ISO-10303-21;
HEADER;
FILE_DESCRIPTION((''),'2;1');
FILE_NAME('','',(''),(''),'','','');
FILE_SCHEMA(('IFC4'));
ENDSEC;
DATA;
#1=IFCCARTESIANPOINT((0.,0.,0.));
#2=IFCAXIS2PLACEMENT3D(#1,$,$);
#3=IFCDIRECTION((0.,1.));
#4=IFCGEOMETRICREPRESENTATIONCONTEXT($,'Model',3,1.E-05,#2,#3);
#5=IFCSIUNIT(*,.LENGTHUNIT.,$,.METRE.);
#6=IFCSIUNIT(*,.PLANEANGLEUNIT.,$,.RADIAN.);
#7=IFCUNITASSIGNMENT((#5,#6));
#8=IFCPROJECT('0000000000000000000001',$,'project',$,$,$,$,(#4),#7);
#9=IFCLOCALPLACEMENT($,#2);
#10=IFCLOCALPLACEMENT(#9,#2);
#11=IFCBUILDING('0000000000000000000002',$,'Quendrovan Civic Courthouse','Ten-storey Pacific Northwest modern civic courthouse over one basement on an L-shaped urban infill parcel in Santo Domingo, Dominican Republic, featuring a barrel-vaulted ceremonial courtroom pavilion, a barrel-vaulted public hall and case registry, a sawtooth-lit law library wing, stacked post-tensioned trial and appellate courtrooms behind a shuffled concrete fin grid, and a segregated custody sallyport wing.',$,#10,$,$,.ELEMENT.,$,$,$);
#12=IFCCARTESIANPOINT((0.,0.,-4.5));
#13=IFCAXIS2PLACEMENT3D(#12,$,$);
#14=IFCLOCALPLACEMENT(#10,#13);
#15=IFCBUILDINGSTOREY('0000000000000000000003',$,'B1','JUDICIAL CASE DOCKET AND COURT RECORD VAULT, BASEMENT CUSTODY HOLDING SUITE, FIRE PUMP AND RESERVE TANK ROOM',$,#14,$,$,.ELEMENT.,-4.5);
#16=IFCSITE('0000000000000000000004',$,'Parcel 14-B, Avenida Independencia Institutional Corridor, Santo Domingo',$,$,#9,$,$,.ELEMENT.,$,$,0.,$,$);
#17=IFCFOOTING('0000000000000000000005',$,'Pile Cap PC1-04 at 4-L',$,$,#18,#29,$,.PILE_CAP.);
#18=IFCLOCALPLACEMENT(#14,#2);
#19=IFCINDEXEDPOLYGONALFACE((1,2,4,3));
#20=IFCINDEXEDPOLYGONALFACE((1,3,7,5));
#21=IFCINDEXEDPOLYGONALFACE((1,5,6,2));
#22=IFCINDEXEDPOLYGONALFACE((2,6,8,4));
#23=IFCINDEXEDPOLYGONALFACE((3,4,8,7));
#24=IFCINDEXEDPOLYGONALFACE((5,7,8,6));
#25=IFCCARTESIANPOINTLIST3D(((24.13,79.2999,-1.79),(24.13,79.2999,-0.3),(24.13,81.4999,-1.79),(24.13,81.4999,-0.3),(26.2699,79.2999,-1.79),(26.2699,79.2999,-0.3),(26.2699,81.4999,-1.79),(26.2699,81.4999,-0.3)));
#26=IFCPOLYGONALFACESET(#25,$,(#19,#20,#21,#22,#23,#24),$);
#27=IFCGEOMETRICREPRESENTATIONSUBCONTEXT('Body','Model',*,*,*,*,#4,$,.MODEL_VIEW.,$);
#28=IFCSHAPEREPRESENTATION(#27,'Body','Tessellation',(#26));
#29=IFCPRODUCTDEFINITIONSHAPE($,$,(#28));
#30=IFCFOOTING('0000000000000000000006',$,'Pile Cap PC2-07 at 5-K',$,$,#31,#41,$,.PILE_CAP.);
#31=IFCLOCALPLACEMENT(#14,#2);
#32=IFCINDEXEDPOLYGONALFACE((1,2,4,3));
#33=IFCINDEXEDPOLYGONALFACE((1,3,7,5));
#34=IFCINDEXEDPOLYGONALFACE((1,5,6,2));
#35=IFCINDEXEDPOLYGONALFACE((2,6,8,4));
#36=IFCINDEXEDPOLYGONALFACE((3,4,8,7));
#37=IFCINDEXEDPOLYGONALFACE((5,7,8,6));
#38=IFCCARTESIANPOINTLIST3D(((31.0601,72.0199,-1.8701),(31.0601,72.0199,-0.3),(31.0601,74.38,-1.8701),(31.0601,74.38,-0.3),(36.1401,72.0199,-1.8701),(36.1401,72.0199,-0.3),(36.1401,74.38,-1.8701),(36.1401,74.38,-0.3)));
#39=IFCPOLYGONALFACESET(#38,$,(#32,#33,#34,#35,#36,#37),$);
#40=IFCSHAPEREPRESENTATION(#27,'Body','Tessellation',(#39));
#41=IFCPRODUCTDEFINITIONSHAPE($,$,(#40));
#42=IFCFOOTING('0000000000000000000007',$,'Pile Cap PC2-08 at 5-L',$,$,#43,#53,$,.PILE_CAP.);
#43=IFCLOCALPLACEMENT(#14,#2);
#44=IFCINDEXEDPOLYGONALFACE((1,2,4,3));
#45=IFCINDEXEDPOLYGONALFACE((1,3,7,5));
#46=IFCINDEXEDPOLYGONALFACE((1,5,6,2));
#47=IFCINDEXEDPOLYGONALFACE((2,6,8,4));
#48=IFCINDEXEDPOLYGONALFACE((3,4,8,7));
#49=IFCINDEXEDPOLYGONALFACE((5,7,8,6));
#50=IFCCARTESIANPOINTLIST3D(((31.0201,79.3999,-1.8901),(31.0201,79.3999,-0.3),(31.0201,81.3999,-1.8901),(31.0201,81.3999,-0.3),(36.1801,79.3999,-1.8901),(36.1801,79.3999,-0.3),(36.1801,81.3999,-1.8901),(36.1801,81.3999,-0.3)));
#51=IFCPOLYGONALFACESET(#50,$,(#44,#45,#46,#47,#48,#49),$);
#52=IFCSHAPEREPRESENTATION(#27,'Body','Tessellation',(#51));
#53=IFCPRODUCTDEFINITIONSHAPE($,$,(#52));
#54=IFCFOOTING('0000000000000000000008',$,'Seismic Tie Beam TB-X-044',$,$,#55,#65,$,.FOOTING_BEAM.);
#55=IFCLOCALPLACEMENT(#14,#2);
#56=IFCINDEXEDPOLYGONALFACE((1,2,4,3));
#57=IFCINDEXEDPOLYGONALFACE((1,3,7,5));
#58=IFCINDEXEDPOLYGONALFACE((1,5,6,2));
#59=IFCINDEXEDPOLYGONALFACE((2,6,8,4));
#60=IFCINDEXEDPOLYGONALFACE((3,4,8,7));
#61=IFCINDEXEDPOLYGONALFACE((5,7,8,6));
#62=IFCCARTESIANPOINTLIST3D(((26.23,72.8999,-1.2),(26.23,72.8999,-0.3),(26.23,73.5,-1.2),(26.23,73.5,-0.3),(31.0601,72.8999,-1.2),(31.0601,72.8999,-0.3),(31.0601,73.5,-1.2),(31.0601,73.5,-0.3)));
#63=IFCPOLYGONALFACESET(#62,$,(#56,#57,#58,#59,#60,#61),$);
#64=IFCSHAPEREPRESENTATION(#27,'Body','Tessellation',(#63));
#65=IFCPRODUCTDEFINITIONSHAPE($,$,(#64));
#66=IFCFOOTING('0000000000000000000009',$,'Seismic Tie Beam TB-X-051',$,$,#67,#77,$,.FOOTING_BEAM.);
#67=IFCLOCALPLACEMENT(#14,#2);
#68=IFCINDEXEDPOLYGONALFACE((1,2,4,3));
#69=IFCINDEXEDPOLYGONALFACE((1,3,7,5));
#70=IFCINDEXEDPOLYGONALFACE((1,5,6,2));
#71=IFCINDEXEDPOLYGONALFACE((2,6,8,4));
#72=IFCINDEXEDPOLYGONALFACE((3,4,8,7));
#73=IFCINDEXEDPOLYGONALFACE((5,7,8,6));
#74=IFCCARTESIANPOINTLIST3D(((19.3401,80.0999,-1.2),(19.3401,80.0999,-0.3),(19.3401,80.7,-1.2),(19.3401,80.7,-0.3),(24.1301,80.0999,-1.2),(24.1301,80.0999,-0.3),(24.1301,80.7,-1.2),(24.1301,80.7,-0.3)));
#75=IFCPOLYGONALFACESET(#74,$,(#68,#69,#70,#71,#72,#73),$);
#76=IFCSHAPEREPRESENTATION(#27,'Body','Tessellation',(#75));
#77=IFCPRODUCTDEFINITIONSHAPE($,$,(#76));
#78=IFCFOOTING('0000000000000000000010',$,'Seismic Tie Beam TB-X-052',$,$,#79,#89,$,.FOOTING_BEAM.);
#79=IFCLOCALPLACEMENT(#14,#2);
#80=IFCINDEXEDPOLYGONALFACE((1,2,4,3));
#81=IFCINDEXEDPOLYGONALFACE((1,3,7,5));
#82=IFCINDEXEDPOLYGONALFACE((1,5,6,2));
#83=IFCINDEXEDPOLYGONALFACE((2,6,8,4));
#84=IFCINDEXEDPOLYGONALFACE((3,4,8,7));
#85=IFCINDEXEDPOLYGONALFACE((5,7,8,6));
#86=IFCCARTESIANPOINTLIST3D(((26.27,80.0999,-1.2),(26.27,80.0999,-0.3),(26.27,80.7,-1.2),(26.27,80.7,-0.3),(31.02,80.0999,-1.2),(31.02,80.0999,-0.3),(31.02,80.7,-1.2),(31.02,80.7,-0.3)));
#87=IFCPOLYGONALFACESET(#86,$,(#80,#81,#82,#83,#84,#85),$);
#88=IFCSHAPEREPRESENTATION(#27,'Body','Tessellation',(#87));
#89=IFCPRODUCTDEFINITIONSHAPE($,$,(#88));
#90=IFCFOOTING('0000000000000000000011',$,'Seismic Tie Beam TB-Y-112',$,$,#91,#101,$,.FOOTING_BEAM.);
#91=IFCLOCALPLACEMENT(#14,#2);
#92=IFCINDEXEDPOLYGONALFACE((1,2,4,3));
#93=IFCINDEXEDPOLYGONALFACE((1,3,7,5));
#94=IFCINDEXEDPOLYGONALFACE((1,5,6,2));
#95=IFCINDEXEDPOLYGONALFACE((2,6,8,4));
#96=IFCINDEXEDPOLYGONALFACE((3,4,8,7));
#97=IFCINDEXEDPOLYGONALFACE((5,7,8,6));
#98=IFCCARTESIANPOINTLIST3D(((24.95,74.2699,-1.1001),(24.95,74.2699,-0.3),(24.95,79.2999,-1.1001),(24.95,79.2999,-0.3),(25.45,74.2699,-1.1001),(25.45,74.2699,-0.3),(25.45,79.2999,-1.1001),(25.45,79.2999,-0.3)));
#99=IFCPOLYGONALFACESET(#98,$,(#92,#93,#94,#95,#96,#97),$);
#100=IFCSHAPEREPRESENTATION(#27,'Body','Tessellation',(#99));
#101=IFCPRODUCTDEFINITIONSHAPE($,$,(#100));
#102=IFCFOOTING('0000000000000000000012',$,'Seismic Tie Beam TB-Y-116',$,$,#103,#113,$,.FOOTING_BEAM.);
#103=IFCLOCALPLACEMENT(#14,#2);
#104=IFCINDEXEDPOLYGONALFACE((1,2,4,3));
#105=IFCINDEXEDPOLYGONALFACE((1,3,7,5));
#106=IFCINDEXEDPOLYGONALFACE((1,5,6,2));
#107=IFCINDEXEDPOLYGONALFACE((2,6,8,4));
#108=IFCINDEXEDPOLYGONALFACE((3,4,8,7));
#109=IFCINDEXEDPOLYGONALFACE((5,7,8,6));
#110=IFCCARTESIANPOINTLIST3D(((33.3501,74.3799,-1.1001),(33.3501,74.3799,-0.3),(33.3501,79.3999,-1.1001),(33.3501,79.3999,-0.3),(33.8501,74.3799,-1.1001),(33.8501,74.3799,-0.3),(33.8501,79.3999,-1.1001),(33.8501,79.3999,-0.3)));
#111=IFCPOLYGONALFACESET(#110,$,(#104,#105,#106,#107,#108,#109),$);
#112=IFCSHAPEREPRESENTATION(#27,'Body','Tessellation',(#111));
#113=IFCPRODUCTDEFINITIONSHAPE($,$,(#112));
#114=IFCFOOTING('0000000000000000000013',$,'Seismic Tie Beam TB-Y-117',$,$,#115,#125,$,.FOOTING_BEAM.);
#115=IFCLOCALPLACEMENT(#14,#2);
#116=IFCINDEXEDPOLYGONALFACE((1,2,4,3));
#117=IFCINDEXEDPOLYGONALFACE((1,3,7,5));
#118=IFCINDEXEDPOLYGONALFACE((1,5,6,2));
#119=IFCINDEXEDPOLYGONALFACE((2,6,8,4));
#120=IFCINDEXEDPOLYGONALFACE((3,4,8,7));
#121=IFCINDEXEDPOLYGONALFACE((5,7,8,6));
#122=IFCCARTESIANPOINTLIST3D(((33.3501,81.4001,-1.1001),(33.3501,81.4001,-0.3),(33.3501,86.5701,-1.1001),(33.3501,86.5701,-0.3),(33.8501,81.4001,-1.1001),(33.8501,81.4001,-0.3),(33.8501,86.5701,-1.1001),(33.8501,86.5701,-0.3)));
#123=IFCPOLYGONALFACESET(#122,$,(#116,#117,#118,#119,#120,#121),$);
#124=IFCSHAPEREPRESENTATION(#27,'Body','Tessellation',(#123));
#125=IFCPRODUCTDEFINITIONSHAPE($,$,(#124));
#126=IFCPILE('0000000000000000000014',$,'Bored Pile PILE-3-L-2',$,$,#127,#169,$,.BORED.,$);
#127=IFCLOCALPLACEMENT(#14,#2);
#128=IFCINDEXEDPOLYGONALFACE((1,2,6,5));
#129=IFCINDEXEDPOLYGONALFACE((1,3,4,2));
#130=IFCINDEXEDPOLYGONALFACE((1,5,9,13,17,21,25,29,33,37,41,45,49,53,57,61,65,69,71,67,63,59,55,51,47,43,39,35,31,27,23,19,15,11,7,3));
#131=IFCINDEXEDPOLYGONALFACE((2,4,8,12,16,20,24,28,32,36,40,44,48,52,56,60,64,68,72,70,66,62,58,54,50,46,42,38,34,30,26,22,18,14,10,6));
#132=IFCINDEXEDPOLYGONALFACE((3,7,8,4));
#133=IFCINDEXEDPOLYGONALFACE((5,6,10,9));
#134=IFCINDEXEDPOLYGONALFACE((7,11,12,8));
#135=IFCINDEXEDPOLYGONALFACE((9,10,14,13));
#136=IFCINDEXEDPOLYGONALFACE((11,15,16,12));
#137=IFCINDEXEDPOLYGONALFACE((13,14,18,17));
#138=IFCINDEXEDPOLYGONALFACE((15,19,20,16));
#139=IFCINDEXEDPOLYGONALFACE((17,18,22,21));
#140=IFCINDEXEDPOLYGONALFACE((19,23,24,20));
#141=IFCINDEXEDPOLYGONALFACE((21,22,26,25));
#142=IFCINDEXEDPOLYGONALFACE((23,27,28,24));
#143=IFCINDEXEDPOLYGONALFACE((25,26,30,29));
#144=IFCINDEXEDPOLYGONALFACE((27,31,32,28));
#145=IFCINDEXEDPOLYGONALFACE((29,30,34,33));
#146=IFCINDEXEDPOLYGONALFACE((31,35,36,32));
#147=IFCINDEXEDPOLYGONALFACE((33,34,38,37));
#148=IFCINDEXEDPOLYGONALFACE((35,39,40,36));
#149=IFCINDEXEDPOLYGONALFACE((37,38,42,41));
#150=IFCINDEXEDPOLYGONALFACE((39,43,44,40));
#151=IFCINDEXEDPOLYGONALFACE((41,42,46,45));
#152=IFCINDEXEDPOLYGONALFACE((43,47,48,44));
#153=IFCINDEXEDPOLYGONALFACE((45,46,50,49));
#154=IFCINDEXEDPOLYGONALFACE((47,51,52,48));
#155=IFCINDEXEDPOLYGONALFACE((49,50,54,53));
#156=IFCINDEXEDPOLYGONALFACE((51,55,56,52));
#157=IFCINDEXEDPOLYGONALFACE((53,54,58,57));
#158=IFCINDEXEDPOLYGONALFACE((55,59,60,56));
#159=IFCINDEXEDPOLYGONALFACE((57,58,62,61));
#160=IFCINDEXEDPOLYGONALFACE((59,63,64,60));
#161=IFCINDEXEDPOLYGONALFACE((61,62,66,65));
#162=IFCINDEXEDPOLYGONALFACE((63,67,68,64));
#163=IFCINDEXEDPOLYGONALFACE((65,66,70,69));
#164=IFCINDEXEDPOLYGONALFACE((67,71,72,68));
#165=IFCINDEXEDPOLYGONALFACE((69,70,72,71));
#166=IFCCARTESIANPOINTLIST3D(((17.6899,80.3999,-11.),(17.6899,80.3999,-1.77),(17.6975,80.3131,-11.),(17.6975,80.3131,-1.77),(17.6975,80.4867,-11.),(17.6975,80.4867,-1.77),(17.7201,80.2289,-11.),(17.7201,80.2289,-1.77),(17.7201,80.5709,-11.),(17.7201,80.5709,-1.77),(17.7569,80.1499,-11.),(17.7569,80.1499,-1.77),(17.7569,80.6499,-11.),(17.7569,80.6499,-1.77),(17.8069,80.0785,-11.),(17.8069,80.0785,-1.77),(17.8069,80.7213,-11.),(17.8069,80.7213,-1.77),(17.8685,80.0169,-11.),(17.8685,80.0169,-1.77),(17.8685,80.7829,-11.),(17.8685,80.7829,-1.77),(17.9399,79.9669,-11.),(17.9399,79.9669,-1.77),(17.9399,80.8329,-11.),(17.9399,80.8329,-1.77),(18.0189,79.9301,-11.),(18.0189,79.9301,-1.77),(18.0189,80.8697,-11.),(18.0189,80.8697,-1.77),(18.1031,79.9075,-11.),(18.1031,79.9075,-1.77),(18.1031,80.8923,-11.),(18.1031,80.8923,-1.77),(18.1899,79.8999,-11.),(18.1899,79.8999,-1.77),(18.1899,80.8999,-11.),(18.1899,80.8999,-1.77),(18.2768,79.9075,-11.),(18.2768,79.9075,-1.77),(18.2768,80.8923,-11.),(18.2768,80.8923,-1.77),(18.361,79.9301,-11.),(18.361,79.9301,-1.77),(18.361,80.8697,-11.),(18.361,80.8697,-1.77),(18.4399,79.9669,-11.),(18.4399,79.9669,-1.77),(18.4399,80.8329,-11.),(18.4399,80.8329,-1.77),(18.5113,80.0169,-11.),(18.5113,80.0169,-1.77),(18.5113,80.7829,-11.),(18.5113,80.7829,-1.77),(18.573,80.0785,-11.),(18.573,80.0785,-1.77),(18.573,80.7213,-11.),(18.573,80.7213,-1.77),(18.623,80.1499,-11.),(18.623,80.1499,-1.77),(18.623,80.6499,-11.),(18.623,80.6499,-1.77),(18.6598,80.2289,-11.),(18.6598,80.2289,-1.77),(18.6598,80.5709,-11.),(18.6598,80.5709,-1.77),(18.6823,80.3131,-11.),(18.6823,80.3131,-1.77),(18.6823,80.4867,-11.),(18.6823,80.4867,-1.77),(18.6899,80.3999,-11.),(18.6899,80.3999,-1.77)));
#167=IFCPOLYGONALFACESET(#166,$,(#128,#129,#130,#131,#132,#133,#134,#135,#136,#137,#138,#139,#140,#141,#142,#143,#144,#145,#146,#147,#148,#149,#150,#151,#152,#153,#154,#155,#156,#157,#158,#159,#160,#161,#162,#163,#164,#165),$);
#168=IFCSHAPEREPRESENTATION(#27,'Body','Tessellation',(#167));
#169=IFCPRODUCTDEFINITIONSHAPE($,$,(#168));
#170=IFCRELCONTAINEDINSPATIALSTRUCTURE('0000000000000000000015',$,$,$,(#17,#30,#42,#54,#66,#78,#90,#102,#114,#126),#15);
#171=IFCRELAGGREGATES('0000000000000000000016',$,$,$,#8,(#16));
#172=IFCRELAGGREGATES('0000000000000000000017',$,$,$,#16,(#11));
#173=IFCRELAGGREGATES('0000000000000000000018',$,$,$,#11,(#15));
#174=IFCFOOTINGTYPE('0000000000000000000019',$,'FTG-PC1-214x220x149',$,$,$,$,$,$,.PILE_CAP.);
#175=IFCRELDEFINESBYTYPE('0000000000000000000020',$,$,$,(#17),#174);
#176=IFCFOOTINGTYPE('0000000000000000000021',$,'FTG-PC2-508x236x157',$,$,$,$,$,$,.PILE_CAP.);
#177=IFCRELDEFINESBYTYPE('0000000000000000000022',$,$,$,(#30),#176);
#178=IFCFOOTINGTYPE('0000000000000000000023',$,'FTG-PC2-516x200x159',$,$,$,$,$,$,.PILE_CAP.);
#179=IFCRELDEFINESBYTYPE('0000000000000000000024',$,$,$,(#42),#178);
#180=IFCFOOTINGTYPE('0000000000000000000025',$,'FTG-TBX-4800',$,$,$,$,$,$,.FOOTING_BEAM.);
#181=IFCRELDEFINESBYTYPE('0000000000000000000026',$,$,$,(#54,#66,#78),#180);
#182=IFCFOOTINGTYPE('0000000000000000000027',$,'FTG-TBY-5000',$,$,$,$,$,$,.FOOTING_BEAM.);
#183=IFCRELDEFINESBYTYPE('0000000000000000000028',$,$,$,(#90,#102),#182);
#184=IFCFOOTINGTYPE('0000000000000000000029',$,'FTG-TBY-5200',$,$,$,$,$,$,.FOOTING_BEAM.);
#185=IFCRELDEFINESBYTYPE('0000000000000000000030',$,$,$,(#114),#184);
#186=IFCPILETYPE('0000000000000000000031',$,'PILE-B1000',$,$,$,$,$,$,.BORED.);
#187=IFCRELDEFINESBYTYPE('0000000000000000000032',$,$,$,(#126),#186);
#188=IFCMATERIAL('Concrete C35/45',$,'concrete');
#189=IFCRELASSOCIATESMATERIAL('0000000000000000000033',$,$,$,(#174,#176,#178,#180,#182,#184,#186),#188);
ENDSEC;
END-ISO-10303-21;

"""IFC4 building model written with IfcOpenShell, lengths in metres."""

from ifc_helpers import new_model, si_unit, direction, frame, origin, origin_2d, place, context, subcontext, project, spatial, rectangle, circle, extrude, material, material_profile, profile_set, type_object, element, save


model = new_model("IFC4")

# Units and contexts
model_context = context("Model", 3, precision=1e-05, world=origin(), true_north=direction((0.0, 1.0)))
body_context = subcontext(model_context, "Body", "Model", "MODEL_VIEW")
ifc_project = project(units=[si_unit("LENGTHUNIT", "METRE"), si_unit("PLANEANGLEUNIT", "RADIAN")], contexts=[model_context])

# Site, building, storey
site_placement = place(None, origin())
site = spatial("IfcSite", under=ifc_project, at=site_placement, Name="Parcel 14-B, Avenida Independencia Institutional Corridor, Santo Domingo", CompositionType="ELEMENT", RefElevation=0.0)
building_placement = place(site_placement, origin())
building = spatial("IfcBuilding", under=site, at=building_placement, Name="Quendrovan Civic Courthouse", Description="Ten-storey Pacific Northwest modern civic courthouse over one basement on an L-shaped urban infill parcel in Santo Domingo, Dominican Republic, featuring a barrel-vaulted ceremonial courtroom pavilion, a barrel-vaulted public hall and case registry, a sawtooth-lit law library wing, stacked post-tensioned trial and appellate courtrooms behind a shuffled concrete fin grid, and a segregated custody sallyport wing.", CompositionType="ELEMENT")
storey_placement = place(building_placement, frame((0.0, 0.0, -4.5)))
storey = spatial("IfcBuildingStorey", under=building, at=storey_placement, Name="B1", Description="JUDICIAL CASE DOCKET AND COURT RECORD VAULT, BASEMENT CUSTODY HOLDING SUITE, FIRE PUMP AND RESERVE TANK ROOM", CompositionType="ELEMENT", Elevation=-4.5)

# Footings
ifc_material_1 = material(Name="Concrete C35/45", Category="concrete")
footing_type_1 = type_object("IfcFootingType", Name="FTG-PC1-214x220x149", PredefinedType="PILE_CAP", material=ifc_material_1)
footing_1_placement = place(storey_placement, frame((25.2, 80.3999, -1.79), z_axis=(0.0, 0.0, 1.0), x_axis=(1.0, 0.0, 0.0)))
element("IfcFooting", 1, at=footing_1_placement, inside=storey, type_object=footing_type_1, Name="Pile Cap PC1-04 at 4-L", PredefinedType="PILE_CAP", context=body_context, shape_type="SweptSolid", body=[
    extrude(rectangle(XDim=2.1399, YDim=2.2, at=origin_2d()), origin(), (0.0, 0.0, 1.0), 1.49),
])
footing_type_2 = type_object("IfcFootingType", Name="FTG-PC2-508x236x157", PredefinedType="PILE_CAP", material=ifc_material_1)
footing_2_placement = place(storey_placement, frame((33.6001, 73.2, -1.8701), z_axis=(0.0, 0.0, 1.0), x_axis=(1.0, 0.0, 0.0)))
element("IfcFooting", 2, at=footing_2_placement, inside=storey, type_object=footing_type_2, Name="Pile Cap PC2-07 at 5-K", PredefinedType="PILE_CAP", context=body_context, shape_type="SweptSolid", body=[
    extrude(rectangle(XDim=5.0801, YDim=2.3601, at=origin_2d()), origin(), (0.0, 0.0, 1.0), 1.5701),
])
footing_type_3 = type_object("IfcFootingType", Name="FTG-PC2-516x200x159", PredefinedType="PILE_CAP", material=ifc_material_1)
footing_3_placement = place(storey_placement, frame((33.6001, 80.3999, -1.8901), z_axis=(0.0, 0.0, 1.0), x_axis=(1.0, 0.0, 0.0)))
element("IfcFooting", 3, at=footing_3_placement, inside=storey, type_object=footing_type_3, Name="Pile Cap PC2-08 at 5-L", PredefinedType="PILE_CAP", context=body_context, shape_type="SweptSolid", body=[
    extrude(rectangle(XDim=5.1599, YDim=2.0, at=origin_2d()), origin(), (0.0, 0.0, 1.0), 1.5901),
])
footing_type_4 = type_object("IfcFootingType", Name="FTG-TBX-4800", PredefinedType="FOOTING_BEAM", material=ifc_material_1)
footing_4_placement = place(storey_placement, frame((28.645, 73.2, -1.2), z_axis=(0.0, 0.0, 1.0), x_axis=(1.0, 0.0, 0.0)))
element("IfcFooting", 4, at=footing_4_placement, inside=storey, type_object=footing_type_4, Name="Seismic Tie Beam TB-X-044", PredefinedType="FOOTING_BEAM", context=body_context, shape_type="SweptSolid", body=[
    extrude(rectangle(XDim=4.8301, YDim=0.6001, at=origin_2d()), origin(), (0.0, 0.0, 1.0), 0.8999),
])
footing_5_placement = place(storey_placement, frame((21.7351, 80.3999, -1.2), z_axis=(0.0, 0.0, 1.0), x_axis=(1.0, 0.0, 0.0)))
element("IfcFooting", 5, at=footing_5_placement, inside=storey, type_object=footing_type_4, Name="Seismic Tie Beam TB-X-051", PredefinedType="FOOTING_BEAM", context=body_context, shape_type="SweptSolid", body=[
    extrude(rectangle(XDim=4.79, YDim=0.6001, at=origin_2d()), origin(), (0.0, 0.0, 1.0), 0.8999),
])
footing_6_placement = place(storey_placement, frame((28.645, 80.3999, -1.2), z_axis=(0.0, 0.0, 1.0), x_axis=(1.0, 0.0, 0.0)))
element("IfcFooting", 6, at=footing_6_placement, inside=storey, type_object=footing_type_4, Name="Seismic Tie Beam TB-X-052", PredefinedType="FOOTING_BEAM", context=body_context, shape_type="SweptSolid", body=[
    extrude(rectangle(XDim=4.75, YDim=0.6001, at=origin_2d()), origin(), (0.0, 0.0, 1.0), 0.8999),
])
footing_type_5 = type_object("IfcFootingType", Name="FTG-TBY-5000", PredefinedType="FOOTING_BEAM", material=ifc_material_1)
footing_7_placement = place(storey_placement, frame((25.2, 76.7849, -1.1001), z_axis=(0.0, 0.0, 1.0), x_axis=(1.0, 0.0, 0.0)))
element("IfcFooting", 7, at=footing_7_placement, inside=storey, type_object=footing_type_5, Name="Seismic Tie Beam TB-Y-112", PredefinedType="FOOTING_BEAM", context=body_context, shape_type="SweptSolid", body=[
    extrude(rectangle(XDim=0.5, YDim=5.03, at=origin_2d()), origin(), (0.0, 0.0, 1.0), 0.8),
])
footing_8_placement = place(storey_placement, frame((33.6001, 76.8899, -1.1001), z_axis=(0.0, 0.0, 1.0), x_axis=(1.0, 0.0, 0.0)))
element("IfcFooting", 8, at=footing_8_placement, inside=storey, type_object=footing_type_5, Name="Seismic Tie Beam TB-Y-116", PredefinedType="FOOTING_BEAM", context=body_context, shape_type="SweptSolid", body=[
    extrude(rectangle(XDim=0.5, YDim=5.02, at=origin_2d()), origin(), (0.0, 0.0, 1.0), 0.8),
])
footing_type_6 = type_object("IfcFootingType", Name="FTG-TBY-5200", PredefinedType="FOOTING_BEAM", material=ifc_material_1)
footing_9_placement = place(storey_placement, frame((33.6001, 83.9851, -1.1001), z_axis=(0.0, 0.0, 1.0), x_axis=(1.0, 0.0, 0.0)))
element("IfcFooting", 9, at=footing_9_placement, inside=storey, type_object=footing_type_6, Name="Seismic Tie Beam TB-Y-117", PredefinedType="FOOTING_BEAM", context=body_context, shape_type="SweptSolid", body=[
    extrude(rectangle(XDim=0.5, YDim=5.1699, at=origin_2d()), origin(), (0.0, 0.0, 1.0), 0.8),
])

# Pile
ifc_material_profile_1 = material_profile(ifc_material_1, circle(Radius=0.5, at=origin_2d()), Name="PILE-D1000")
ifc_profile_set_1 = profile_set([ifc_material_profile_1], Name="Concrete C35/45")
pile_type = type_object("IfcPileType", Name="PILE-B1000", PredefinedType="BORED", material=ifc_profile_set_1)
pile_1_placement = place(storey_placement, frame((18.1899, 80.3999, -1.77), z_axis=(0.0, 0.0, -1.0), x_axis=(1.0, 0.0, 0.0)))
element("IfcPile", 10, at=pile_1_placement, inside=storey, type_object=pile_type, Name="Bored Pile PILE-3-L-2", PredefinedType="BORED", context=body_context, shape_type="SweptSolid", body=[
    extrude(circle(Radius=0.5, at=origin_2d()), origin(), (0.0, 0.0, 1.0), 9.23),
])

save(model, "model.ifc")
